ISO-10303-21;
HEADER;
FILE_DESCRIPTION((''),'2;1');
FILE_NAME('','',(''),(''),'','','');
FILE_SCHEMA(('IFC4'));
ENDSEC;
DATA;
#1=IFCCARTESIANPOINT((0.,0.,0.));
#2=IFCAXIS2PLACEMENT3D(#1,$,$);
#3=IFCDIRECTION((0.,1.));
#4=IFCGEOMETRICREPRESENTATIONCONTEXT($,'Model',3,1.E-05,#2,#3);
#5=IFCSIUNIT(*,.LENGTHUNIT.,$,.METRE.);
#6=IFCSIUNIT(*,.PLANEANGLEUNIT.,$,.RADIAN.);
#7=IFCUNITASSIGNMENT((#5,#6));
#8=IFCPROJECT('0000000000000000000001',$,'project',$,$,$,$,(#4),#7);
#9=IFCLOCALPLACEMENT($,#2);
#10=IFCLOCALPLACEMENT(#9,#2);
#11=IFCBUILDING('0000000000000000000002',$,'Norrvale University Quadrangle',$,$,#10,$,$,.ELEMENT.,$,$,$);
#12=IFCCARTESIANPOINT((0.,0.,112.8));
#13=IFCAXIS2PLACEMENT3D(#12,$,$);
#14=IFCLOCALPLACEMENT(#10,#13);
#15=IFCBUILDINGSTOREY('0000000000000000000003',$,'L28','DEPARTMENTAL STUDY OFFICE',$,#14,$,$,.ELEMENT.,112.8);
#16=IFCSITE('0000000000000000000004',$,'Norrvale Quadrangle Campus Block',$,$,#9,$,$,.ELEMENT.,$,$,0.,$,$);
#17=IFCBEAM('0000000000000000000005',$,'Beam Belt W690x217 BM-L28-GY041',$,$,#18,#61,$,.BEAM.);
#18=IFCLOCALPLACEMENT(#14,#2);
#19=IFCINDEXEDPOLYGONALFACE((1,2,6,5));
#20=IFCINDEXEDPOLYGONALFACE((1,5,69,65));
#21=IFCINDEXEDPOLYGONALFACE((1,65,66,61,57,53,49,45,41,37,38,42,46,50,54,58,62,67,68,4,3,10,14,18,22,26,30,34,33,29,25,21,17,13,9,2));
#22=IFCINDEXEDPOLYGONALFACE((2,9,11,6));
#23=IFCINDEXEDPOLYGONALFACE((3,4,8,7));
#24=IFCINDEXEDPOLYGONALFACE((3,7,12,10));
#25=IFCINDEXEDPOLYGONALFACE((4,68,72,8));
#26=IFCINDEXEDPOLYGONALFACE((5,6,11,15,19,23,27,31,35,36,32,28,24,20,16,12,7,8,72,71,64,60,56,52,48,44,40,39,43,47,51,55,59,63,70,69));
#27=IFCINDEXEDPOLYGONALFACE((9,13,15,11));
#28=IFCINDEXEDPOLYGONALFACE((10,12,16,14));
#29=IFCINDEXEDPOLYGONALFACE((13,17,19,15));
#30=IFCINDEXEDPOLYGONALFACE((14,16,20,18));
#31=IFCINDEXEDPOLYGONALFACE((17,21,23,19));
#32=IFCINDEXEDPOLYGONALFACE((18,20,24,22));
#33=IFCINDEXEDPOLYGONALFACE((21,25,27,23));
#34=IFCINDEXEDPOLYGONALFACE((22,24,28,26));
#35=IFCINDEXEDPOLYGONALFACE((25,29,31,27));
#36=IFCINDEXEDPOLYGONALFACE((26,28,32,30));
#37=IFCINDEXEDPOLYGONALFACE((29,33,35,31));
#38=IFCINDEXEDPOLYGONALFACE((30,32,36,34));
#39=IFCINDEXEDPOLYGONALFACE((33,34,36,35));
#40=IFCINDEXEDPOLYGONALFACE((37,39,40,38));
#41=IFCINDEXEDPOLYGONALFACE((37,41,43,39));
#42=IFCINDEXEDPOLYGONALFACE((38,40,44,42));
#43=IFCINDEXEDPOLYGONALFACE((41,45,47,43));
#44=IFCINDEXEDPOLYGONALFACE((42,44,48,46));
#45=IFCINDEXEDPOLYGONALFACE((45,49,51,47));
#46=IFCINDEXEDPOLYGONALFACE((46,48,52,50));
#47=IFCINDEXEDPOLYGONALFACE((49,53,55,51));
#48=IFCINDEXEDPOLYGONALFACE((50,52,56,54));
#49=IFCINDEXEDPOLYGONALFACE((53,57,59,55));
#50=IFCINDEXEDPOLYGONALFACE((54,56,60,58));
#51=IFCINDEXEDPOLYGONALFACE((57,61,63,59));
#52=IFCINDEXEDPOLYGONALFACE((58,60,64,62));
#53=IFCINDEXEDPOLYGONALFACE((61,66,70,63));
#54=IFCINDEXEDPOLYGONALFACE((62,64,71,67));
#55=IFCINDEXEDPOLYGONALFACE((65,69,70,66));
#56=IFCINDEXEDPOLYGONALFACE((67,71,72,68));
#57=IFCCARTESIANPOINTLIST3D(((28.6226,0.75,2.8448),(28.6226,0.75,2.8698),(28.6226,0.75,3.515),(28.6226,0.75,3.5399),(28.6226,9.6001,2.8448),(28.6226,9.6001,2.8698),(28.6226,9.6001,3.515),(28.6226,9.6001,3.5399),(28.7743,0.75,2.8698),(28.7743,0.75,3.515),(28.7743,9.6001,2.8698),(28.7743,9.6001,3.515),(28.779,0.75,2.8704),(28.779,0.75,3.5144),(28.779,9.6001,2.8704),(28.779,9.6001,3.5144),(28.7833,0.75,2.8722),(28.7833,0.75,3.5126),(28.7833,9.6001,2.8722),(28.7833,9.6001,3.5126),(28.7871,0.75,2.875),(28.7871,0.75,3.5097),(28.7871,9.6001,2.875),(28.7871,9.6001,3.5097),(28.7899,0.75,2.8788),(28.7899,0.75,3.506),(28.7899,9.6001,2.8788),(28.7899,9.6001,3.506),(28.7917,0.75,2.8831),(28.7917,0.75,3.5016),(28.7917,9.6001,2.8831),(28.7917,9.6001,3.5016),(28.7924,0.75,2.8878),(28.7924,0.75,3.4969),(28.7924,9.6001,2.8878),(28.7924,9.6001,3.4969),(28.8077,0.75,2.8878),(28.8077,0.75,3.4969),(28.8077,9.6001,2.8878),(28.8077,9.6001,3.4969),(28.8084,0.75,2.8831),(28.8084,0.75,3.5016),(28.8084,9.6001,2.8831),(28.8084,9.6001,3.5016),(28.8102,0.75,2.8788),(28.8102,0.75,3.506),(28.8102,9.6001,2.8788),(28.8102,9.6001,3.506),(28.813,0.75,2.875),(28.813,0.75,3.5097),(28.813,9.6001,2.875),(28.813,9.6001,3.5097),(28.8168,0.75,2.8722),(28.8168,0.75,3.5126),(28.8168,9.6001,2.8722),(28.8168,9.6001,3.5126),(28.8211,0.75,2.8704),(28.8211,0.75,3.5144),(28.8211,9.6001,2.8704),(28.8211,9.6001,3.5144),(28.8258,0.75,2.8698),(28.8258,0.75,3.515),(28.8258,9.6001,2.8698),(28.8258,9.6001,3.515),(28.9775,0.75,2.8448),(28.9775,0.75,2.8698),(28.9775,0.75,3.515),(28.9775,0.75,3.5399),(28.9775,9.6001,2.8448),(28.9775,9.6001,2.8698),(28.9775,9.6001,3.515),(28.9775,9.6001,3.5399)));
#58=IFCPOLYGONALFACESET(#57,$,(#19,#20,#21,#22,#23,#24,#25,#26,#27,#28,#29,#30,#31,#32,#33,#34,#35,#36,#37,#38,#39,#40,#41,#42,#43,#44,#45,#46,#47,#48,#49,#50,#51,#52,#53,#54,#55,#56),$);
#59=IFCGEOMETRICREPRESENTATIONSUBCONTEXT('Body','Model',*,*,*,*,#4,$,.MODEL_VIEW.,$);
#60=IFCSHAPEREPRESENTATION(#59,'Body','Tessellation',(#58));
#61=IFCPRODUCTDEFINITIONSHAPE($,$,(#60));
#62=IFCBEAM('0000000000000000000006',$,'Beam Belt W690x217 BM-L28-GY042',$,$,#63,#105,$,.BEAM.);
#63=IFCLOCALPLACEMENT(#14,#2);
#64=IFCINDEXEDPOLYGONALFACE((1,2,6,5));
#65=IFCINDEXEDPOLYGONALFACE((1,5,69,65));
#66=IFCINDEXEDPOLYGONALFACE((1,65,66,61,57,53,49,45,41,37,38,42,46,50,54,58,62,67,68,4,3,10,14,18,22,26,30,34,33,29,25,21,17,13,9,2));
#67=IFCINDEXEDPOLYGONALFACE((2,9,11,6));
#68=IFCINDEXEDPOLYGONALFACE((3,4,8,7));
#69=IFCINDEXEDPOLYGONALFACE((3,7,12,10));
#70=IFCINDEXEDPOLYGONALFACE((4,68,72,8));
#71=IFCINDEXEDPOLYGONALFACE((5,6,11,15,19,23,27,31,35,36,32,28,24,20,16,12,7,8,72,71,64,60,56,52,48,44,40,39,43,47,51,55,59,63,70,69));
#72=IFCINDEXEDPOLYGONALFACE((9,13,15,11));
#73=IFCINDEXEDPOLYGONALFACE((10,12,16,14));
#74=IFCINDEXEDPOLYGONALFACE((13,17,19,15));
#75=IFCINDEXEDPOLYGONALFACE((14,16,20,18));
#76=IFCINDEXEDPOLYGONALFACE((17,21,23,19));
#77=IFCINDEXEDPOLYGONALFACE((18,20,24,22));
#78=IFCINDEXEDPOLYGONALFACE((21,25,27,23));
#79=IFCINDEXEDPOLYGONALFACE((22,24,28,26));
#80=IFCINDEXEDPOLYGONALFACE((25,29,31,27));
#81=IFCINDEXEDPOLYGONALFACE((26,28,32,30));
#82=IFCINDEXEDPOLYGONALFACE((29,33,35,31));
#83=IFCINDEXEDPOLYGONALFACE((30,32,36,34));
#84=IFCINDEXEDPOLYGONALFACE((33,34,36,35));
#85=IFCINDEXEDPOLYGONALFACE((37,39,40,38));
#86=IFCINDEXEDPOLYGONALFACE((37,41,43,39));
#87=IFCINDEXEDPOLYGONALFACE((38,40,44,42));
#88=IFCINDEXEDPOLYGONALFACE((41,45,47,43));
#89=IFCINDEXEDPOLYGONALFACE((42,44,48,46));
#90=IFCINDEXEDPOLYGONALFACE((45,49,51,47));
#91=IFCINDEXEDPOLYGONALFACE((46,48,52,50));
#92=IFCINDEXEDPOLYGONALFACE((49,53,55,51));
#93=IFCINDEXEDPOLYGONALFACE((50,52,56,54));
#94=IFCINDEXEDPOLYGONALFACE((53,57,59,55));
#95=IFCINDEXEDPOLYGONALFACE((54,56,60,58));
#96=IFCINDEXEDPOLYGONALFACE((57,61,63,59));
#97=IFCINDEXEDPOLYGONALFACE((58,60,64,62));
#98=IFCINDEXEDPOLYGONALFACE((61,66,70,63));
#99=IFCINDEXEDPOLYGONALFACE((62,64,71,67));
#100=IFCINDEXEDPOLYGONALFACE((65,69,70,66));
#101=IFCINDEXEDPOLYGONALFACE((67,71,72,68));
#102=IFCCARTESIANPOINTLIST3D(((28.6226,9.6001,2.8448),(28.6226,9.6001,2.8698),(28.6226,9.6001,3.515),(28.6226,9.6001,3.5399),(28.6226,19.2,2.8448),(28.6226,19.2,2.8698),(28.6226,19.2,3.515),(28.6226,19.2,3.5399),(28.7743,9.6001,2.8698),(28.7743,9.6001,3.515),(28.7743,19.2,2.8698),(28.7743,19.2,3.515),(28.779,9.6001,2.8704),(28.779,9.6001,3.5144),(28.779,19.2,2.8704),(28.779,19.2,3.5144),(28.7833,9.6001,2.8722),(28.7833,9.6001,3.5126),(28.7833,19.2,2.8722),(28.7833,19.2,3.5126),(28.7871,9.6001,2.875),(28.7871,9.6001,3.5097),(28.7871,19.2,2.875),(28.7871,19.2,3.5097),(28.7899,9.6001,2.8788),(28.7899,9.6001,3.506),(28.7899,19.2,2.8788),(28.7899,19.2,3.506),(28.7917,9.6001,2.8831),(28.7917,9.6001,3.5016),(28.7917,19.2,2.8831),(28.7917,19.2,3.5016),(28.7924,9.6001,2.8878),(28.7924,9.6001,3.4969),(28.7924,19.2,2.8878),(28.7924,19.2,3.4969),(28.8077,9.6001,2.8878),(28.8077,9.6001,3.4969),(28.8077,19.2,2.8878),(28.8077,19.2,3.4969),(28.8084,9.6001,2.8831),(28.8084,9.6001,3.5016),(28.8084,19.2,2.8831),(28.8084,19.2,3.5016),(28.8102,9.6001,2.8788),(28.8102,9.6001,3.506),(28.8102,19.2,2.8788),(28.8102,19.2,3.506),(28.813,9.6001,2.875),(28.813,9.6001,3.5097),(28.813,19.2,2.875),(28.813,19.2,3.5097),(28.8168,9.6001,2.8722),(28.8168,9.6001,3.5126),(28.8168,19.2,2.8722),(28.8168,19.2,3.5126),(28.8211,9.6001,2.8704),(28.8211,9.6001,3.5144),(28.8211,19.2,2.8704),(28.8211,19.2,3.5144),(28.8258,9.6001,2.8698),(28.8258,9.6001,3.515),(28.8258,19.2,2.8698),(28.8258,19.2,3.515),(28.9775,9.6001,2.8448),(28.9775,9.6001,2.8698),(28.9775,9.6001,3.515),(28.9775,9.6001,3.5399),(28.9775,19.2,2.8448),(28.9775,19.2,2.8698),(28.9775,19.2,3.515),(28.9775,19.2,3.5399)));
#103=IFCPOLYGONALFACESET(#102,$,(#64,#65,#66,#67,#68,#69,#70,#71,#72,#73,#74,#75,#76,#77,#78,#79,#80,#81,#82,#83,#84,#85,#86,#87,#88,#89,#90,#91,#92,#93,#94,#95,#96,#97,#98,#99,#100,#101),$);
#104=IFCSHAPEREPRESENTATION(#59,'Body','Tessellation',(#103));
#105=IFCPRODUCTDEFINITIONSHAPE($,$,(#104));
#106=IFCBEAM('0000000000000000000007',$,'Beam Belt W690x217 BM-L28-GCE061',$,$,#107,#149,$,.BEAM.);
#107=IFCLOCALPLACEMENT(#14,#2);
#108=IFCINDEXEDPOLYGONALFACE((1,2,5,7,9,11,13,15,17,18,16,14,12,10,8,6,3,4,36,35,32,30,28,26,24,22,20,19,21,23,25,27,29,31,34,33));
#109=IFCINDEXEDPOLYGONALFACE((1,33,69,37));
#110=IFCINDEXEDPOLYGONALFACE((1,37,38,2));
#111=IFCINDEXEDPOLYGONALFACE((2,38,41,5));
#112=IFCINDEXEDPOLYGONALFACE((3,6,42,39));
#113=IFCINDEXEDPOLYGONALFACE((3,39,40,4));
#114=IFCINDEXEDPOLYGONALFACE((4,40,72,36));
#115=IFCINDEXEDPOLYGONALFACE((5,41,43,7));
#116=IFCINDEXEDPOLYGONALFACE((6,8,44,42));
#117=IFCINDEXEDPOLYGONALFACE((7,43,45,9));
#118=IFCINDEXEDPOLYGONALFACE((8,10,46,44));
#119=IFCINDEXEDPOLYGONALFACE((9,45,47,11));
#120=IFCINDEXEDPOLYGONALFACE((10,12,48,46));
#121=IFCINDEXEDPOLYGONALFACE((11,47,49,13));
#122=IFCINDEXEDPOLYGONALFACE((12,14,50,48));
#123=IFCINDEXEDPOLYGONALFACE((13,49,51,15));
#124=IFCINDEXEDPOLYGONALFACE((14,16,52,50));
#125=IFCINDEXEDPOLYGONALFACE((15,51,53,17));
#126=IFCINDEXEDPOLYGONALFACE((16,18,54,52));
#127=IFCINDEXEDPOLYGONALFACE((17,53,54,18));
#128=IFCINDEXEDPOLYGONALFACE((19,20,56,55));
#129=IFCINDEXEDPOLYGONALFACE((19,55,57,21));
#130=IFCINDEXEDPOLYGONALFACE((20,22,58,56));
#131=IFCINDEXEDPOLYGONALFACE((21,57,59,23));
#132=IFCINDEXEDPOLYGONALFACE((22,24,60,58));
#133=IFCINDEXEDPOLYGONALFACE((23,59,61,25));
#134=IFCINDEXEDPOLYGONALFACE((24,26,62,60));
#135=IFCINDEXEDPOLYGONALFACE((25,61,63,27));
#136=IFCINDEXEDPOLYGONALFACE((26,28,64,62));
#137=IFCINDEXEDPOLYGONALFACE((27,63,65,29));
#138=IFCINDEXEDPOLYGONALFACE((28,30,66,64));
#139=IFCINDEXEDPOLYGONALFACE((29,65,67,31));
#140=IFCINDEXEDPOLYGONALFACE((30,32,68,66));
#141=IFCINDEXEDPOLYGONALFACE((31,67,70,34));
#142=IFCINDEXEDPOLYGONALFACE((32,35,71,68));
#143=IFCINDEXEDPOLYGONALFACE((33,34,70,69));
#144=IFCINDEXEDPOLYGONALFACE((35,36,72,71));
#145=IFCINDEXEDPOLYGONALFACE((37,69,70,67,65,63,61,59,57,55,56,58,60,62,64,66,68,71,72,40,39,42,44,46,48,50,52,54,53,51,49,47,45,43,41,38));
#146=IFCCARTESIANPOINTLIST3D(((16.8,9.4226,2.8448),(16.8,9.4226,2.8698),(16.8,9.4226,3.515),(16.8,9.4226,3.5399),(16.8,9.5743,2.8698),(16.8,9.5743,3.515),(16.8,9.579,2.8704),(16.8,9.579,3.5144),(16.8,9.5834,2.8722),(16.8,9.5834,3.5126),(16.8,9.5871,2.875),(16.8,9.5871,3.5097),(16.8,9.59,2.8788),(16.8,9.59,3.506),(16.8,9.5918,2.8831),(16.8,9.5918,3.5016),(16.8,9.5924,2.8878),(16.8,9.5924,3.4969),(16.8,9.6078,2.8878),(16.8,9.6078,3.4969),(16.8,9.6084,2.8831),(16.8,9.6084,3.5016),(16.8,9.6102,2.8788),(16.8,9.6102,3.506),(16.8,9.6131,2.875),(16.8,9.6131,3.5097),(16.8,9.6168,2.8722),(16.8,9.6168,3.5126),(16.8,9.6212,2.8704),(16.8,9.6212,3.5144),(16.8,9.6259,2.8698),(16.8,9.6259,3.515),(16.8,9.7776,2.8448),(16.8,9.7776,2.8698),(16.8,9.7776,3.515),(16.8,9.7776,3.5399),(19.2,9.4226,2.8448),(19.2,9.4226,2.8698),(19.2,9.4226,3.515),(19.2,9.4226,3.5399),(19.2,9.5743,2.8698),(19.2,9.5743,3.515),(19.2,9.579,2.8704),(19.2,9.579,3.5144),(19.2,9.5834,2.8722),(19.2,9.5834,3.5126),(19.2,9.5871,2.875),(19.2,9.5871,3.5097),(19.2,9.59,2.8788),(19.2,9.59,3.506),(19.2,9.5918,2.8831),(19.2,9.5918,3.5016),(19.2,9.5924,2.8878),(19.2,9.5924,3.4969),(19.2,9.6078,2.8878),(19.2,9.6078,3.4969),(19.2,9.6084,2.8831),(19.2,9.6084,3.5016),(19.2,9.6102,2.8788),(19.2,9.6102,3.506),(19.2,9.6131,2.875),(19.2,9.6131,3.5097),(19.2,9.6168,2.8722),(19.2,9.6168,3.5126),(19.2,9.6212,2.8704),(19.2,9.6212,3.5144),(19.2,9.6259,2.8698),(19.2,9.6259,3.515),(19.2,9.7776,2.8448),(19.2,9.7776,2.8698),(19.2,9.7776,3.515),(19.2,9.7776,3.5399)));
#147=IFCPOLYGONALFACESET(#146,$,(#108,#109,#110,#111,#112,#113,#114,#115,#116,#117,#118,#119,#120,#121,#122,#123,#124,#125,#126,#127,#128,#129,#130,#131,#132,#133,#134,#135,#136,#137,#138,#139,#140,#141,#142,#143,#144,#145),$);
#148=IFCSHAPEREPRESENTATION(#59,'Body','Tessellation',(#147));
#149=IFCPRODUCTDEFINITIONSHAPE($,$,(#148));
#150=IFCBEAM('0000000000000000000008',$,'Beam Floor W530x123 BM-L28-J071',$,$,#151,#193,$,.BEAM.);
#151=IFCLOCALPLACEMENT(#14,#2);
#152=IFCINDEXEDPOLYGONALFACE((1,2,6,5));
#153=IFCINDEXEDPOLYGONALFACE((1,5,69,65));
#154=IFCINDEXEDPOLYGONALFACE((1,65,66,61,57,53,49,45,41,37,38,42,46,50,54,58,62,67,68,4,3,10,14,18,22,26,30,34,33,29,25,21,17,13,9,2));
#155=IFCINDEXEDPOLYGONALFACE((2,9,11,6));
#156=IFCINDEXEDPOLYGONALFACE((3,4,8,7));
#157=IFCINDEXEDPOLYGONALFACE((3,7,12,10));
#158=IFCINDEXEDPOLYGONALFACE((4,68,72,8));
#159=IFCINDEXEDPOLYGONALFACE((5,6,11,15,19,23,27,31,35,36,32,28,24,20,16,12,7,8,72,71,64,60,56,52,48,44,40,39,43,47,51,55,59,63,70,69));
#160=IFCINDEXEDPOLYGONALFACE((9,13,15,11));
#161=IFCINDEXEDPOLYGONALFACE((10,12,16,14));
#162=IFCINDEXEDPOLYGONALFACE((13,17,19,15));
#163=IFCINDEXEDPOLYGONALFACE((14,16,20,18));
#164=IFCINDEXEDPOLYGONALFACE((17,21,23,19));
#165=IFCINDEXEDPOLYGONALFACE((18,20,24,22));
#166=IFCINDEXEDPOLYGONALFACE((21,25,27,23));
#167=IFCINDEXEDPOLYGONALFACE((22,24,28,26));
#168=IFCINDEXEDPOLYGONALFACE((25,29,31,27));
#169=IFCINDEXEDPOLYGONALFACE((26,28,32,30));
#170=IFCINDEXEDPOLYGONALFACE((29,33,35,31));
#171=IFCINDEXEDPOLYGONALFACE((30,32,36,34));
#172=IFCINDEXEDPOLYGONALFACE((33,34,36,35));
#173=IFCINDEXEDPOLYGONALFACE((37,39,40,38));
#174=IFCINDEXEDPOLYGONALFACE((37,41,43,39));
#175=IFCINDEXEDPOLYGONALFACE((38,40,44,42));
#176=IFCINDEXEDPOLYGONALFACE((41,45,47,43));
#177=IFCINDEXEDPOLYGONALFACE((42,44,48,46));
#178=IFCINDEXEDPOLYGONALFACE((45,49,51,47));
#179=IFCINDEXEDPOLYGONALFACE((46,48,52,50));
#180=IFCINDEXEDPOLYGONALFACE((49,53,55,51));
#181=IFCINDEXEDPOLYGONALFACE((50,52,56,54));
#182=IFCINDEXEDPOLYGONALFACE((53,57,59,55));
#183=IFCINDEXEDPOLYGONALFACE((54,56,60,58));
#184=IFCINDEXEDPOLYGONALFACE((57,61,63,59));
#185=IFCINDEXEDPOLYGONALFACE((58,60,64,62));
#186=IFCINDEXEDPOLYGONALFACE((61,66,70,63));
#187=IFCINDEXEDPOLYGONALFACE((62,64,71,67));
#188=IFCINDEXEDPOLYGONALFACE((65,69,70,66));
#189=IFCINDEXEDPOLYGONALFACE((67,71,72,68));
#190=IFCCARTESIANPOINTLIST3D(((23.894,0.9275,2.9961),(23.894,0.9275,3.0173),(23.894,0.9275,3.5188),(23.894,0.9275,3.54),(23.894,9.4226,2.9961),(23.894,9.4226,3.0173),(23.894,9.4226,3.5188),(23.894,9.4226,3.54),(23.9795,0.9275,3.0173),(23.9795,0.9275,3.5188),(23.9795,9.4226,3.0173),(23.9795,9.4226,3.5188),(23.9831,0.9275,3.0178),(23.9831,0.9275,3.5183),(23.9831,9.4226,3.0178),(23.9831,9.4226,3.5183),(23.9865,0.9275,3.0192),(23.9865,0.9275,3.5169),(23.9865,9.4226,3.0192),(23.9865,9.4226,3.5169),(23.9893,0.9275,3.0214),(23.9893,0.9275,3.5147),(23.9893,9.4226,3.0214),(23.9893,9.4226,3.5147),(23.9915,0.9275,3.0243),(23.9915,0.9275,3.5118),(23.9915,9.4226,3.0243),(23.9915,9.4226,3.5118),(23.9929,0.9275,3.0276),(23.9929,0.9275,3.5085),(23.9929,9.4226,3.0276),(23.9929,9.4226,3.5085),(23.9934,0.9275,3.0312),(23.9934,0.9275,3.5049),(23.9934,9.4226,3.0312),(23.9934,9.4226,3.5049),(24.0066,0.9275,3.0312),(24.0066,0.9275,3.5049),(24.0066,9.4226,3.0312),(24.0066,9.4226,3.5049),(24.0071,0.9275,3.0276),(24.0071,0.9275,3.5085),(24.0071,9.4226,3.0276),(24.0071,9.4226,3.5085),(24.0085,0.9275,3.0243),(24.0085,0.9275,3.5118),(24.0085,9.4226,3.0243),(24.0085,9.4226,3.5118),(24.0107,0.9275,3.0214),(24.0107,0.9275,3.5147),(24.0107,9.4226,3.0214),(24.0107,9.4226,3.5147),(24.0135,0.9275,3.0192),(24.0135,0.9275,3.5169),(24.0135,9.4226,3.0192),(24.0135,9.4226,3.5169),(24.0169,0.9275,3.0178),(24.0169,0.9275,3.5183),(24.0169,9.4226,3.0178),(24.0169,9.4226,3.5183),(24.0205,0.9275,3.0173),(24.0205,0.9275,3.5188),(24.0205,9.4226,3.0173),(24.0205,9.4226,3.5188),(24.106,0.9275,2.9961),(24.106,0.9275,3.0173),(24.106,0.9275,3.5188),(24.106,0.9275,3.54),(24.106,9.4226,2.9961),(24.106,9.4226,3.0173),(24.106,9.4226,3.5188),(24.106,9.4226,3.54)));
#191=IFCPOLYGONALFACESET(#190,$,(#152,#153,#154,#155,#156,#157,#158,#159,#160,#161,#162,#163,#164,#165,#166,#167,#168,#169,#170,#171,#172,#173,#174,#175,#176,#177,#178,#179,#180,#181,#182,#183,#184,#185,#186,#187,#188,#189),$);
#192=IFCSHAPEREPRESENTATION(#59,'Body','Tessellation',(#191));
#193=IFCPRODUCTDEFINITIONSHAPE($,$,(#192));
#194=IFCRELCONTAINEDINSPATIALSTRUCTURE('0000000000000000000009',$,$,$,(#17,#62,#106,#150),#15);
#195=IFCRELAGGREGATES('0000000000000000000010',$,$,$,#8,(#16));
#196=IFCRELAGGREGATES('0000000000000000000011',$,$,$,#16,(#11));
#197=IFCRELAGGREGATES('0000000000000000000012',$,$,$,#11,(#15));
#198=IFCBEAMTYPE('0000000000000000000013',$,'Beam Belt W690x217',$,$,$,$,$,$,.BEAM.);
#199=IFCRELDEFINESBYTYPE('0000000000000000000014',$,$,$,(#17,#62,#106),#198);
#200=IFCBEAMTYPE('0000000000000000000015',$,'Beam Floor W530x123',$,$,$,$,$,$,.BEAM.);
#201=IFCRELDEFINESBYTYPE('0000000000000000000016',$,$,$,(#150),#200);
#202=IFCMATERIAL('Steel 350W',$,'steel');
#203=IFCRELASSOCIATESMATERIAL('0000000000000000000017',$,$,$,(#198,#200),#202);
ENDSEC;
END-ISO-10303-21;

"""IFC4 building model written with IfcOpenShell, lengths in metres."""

from ifc_helpers import new_model, si_unit, direction, frame, origin, origin_2d, place, context, subcontext, project, spatial, i_section, extrude, material, material_profile, profile_set, type_object, element, save


model = new_model("IFC4")

# Units and contexts
model_context = context("Model", 3, precision=1e-05, world=origin(), true_north=direction((0.0, 1.0)))
body_context = subcontext(model_context, "Body", "Model", "MODEL_VIEW")
ifc_project = project(units=[si_unit("LENGTHUNIT", "METRE"), si_unit("PLANEANGLEUNIT", "RADIAN")], contexts=[model_context])

# Site, building, storey
site_placement = place(None, origin())
site = spatial("IfcSite", under=ifc_project, at=site_placement, Name="Norrvale Quadrangle Campus Block", CompositionType="ELEMENT", RefElevation=0.0)
building_placement = place(site_placement, origin())
building = spatial("IfcBuilding", under=site, at=building_placement, Name="Norrvale University Quadrangle", CompositionType="ELEMENT")
storey_placement = place(building_placement, frame((0.0, 0.0, 112.8)))
storey = spatial("IfcBuildingStorey", under=building, at=storey_placement, Name="L28", Description="DEPARTMENTAL STUDY OFFICE", CompositionType="ELEMENT", Elevation=112.8)

# Beams
ifc_material_1 = material(Name="Steel 350W", Category="steel")
ifc_material_profile_1 = material_profile(ifc_material_1, i_section(OverallWidth=0.355, OverallDepth=0.6951, WebThickness=0.0154, FlangeThickness=0.0249, FilletRadius=0.0181, at=origin_2d()), Name="Steel 350W")
ifc_profile_set_1 = profile_set([ifc_material_profile_1], Name="Steel 350W")
beam_type_1 = type_object("IfcBeamType", Name="Beam Belt W690x217", PredefinedType="BEAM", material=ifc_profile_set_1)
beam_1_placement = place(storey_placement, frame((28.8, 0.75, 3.1924), z_axis=(0.0, 1.0, 0.0), x_axis=(-1.0, 0.0, 0.0)))
element("IfcBeam", 1, at=beam_1_placement, inside=storey, type_object=beam_type_1, Name="Beam Belt W690x217 BM-L28-GY041", PredefinedType="BEAM", context=body_context, shape_type="SweptSolid", body=[
    extrude(i_section(OverallWidth=0.355, OverallDepth=0.6951, WebThickness=0.0154, FlangeThickness=0.0249, FilletRadius=0.0181, at=origin_2d()), origin(), (0.0, 0.0, 1.0), 8.8501),
])
beam_2_placement = place(storey_placement, frame((28.8, 9.6001, 3.1924), z_axis=(0.0, 1.0, 0.0), x_axis=(-1.0, 0.0, 0.0)))
element("IfcBeam", 2, at=beam_2_placement, inside=storey, type_object=beam_type_1, Name="Beam Belt W690x217 BM-L28-GY042", PredefinedType="BEAM", context=body_context, shape_type="SweptSolid", body=[
    extrude(i_section(OverallWidth=0.355, OverallDepth=0.6951, WebThickness=0.0154, FlangeThickness=0.0249, FilletRadius=0.0181, at=origin_2d()), origin(), (0.0, 0.0, 1.0), 9.5999),
])
beam_3_placement = place(storey_placement, frame((16.8, 9.6001, 3.1924), z_axis=(1.0, 0.0, 0.0), x_axis=(0.0, 1.0, 0.0)))
element("IfcBeam", 3, at=beam_3_placement, inside=storey, type_object=beam_type_1, Name="Beam Belt W690x217 BM-L28-GCE061", PredefinedType="BEAM", context=body_context, shape_type="SweptSolid", body=[
    extrude(i_section(OverallWidth=0.355, OverallDepth=0.6951, WebThickness=0.0154, FlangeThickness=0.0249, FilletRadius=0.0181, at=origin_2d()), origin(), (0.0, 0.0, 1.0), 2.3999),
])
ifc_material_profile_2 = material_profile(ifc_material_1, i_section(OverallWidth=0.2119, OverallDepth=0.5439, WebThickness=0.0132, FlangeThickness=0.0212, FilletRadius=0.0139, at=origin_2d()), Name="Steel 350W")
ifc_profile_set_2 = profile_set([ifc_material_profile_2], Name="Steel 350W")
beam_type_2 = type_object("IfcBeamType", Name="Beam Floor W530x123", PredefinedType="BEAM", material=ifc_profile_set_2)
beam_4_placement = place(storey_placement, frame((24.0, 0.9275, 3.2681), z_axis=(0.0, 1.0, 0.0), x_axis=(-1.0, 0.0, 0.0)))
element("IfcBeam", 4, at=beam_4_placement, inside=storey, type_object=beam_type_2, Name="Beam Floor W530x123 BM-L28-J071", PredefinedType="BEAM", context=body_context, shape_type="SweptSolid", body=[
    extrude(i_section(OverallWidth=0.2119, OverallDepth=0.5439, WebThickness=0.0132, FlangeThickness=0.0212, FilletRadius=0.0139, at=origin_2d()), origin(), (0.0, 0.0, 1.0), 8.4951),
])

save(model, "model.ifc")
